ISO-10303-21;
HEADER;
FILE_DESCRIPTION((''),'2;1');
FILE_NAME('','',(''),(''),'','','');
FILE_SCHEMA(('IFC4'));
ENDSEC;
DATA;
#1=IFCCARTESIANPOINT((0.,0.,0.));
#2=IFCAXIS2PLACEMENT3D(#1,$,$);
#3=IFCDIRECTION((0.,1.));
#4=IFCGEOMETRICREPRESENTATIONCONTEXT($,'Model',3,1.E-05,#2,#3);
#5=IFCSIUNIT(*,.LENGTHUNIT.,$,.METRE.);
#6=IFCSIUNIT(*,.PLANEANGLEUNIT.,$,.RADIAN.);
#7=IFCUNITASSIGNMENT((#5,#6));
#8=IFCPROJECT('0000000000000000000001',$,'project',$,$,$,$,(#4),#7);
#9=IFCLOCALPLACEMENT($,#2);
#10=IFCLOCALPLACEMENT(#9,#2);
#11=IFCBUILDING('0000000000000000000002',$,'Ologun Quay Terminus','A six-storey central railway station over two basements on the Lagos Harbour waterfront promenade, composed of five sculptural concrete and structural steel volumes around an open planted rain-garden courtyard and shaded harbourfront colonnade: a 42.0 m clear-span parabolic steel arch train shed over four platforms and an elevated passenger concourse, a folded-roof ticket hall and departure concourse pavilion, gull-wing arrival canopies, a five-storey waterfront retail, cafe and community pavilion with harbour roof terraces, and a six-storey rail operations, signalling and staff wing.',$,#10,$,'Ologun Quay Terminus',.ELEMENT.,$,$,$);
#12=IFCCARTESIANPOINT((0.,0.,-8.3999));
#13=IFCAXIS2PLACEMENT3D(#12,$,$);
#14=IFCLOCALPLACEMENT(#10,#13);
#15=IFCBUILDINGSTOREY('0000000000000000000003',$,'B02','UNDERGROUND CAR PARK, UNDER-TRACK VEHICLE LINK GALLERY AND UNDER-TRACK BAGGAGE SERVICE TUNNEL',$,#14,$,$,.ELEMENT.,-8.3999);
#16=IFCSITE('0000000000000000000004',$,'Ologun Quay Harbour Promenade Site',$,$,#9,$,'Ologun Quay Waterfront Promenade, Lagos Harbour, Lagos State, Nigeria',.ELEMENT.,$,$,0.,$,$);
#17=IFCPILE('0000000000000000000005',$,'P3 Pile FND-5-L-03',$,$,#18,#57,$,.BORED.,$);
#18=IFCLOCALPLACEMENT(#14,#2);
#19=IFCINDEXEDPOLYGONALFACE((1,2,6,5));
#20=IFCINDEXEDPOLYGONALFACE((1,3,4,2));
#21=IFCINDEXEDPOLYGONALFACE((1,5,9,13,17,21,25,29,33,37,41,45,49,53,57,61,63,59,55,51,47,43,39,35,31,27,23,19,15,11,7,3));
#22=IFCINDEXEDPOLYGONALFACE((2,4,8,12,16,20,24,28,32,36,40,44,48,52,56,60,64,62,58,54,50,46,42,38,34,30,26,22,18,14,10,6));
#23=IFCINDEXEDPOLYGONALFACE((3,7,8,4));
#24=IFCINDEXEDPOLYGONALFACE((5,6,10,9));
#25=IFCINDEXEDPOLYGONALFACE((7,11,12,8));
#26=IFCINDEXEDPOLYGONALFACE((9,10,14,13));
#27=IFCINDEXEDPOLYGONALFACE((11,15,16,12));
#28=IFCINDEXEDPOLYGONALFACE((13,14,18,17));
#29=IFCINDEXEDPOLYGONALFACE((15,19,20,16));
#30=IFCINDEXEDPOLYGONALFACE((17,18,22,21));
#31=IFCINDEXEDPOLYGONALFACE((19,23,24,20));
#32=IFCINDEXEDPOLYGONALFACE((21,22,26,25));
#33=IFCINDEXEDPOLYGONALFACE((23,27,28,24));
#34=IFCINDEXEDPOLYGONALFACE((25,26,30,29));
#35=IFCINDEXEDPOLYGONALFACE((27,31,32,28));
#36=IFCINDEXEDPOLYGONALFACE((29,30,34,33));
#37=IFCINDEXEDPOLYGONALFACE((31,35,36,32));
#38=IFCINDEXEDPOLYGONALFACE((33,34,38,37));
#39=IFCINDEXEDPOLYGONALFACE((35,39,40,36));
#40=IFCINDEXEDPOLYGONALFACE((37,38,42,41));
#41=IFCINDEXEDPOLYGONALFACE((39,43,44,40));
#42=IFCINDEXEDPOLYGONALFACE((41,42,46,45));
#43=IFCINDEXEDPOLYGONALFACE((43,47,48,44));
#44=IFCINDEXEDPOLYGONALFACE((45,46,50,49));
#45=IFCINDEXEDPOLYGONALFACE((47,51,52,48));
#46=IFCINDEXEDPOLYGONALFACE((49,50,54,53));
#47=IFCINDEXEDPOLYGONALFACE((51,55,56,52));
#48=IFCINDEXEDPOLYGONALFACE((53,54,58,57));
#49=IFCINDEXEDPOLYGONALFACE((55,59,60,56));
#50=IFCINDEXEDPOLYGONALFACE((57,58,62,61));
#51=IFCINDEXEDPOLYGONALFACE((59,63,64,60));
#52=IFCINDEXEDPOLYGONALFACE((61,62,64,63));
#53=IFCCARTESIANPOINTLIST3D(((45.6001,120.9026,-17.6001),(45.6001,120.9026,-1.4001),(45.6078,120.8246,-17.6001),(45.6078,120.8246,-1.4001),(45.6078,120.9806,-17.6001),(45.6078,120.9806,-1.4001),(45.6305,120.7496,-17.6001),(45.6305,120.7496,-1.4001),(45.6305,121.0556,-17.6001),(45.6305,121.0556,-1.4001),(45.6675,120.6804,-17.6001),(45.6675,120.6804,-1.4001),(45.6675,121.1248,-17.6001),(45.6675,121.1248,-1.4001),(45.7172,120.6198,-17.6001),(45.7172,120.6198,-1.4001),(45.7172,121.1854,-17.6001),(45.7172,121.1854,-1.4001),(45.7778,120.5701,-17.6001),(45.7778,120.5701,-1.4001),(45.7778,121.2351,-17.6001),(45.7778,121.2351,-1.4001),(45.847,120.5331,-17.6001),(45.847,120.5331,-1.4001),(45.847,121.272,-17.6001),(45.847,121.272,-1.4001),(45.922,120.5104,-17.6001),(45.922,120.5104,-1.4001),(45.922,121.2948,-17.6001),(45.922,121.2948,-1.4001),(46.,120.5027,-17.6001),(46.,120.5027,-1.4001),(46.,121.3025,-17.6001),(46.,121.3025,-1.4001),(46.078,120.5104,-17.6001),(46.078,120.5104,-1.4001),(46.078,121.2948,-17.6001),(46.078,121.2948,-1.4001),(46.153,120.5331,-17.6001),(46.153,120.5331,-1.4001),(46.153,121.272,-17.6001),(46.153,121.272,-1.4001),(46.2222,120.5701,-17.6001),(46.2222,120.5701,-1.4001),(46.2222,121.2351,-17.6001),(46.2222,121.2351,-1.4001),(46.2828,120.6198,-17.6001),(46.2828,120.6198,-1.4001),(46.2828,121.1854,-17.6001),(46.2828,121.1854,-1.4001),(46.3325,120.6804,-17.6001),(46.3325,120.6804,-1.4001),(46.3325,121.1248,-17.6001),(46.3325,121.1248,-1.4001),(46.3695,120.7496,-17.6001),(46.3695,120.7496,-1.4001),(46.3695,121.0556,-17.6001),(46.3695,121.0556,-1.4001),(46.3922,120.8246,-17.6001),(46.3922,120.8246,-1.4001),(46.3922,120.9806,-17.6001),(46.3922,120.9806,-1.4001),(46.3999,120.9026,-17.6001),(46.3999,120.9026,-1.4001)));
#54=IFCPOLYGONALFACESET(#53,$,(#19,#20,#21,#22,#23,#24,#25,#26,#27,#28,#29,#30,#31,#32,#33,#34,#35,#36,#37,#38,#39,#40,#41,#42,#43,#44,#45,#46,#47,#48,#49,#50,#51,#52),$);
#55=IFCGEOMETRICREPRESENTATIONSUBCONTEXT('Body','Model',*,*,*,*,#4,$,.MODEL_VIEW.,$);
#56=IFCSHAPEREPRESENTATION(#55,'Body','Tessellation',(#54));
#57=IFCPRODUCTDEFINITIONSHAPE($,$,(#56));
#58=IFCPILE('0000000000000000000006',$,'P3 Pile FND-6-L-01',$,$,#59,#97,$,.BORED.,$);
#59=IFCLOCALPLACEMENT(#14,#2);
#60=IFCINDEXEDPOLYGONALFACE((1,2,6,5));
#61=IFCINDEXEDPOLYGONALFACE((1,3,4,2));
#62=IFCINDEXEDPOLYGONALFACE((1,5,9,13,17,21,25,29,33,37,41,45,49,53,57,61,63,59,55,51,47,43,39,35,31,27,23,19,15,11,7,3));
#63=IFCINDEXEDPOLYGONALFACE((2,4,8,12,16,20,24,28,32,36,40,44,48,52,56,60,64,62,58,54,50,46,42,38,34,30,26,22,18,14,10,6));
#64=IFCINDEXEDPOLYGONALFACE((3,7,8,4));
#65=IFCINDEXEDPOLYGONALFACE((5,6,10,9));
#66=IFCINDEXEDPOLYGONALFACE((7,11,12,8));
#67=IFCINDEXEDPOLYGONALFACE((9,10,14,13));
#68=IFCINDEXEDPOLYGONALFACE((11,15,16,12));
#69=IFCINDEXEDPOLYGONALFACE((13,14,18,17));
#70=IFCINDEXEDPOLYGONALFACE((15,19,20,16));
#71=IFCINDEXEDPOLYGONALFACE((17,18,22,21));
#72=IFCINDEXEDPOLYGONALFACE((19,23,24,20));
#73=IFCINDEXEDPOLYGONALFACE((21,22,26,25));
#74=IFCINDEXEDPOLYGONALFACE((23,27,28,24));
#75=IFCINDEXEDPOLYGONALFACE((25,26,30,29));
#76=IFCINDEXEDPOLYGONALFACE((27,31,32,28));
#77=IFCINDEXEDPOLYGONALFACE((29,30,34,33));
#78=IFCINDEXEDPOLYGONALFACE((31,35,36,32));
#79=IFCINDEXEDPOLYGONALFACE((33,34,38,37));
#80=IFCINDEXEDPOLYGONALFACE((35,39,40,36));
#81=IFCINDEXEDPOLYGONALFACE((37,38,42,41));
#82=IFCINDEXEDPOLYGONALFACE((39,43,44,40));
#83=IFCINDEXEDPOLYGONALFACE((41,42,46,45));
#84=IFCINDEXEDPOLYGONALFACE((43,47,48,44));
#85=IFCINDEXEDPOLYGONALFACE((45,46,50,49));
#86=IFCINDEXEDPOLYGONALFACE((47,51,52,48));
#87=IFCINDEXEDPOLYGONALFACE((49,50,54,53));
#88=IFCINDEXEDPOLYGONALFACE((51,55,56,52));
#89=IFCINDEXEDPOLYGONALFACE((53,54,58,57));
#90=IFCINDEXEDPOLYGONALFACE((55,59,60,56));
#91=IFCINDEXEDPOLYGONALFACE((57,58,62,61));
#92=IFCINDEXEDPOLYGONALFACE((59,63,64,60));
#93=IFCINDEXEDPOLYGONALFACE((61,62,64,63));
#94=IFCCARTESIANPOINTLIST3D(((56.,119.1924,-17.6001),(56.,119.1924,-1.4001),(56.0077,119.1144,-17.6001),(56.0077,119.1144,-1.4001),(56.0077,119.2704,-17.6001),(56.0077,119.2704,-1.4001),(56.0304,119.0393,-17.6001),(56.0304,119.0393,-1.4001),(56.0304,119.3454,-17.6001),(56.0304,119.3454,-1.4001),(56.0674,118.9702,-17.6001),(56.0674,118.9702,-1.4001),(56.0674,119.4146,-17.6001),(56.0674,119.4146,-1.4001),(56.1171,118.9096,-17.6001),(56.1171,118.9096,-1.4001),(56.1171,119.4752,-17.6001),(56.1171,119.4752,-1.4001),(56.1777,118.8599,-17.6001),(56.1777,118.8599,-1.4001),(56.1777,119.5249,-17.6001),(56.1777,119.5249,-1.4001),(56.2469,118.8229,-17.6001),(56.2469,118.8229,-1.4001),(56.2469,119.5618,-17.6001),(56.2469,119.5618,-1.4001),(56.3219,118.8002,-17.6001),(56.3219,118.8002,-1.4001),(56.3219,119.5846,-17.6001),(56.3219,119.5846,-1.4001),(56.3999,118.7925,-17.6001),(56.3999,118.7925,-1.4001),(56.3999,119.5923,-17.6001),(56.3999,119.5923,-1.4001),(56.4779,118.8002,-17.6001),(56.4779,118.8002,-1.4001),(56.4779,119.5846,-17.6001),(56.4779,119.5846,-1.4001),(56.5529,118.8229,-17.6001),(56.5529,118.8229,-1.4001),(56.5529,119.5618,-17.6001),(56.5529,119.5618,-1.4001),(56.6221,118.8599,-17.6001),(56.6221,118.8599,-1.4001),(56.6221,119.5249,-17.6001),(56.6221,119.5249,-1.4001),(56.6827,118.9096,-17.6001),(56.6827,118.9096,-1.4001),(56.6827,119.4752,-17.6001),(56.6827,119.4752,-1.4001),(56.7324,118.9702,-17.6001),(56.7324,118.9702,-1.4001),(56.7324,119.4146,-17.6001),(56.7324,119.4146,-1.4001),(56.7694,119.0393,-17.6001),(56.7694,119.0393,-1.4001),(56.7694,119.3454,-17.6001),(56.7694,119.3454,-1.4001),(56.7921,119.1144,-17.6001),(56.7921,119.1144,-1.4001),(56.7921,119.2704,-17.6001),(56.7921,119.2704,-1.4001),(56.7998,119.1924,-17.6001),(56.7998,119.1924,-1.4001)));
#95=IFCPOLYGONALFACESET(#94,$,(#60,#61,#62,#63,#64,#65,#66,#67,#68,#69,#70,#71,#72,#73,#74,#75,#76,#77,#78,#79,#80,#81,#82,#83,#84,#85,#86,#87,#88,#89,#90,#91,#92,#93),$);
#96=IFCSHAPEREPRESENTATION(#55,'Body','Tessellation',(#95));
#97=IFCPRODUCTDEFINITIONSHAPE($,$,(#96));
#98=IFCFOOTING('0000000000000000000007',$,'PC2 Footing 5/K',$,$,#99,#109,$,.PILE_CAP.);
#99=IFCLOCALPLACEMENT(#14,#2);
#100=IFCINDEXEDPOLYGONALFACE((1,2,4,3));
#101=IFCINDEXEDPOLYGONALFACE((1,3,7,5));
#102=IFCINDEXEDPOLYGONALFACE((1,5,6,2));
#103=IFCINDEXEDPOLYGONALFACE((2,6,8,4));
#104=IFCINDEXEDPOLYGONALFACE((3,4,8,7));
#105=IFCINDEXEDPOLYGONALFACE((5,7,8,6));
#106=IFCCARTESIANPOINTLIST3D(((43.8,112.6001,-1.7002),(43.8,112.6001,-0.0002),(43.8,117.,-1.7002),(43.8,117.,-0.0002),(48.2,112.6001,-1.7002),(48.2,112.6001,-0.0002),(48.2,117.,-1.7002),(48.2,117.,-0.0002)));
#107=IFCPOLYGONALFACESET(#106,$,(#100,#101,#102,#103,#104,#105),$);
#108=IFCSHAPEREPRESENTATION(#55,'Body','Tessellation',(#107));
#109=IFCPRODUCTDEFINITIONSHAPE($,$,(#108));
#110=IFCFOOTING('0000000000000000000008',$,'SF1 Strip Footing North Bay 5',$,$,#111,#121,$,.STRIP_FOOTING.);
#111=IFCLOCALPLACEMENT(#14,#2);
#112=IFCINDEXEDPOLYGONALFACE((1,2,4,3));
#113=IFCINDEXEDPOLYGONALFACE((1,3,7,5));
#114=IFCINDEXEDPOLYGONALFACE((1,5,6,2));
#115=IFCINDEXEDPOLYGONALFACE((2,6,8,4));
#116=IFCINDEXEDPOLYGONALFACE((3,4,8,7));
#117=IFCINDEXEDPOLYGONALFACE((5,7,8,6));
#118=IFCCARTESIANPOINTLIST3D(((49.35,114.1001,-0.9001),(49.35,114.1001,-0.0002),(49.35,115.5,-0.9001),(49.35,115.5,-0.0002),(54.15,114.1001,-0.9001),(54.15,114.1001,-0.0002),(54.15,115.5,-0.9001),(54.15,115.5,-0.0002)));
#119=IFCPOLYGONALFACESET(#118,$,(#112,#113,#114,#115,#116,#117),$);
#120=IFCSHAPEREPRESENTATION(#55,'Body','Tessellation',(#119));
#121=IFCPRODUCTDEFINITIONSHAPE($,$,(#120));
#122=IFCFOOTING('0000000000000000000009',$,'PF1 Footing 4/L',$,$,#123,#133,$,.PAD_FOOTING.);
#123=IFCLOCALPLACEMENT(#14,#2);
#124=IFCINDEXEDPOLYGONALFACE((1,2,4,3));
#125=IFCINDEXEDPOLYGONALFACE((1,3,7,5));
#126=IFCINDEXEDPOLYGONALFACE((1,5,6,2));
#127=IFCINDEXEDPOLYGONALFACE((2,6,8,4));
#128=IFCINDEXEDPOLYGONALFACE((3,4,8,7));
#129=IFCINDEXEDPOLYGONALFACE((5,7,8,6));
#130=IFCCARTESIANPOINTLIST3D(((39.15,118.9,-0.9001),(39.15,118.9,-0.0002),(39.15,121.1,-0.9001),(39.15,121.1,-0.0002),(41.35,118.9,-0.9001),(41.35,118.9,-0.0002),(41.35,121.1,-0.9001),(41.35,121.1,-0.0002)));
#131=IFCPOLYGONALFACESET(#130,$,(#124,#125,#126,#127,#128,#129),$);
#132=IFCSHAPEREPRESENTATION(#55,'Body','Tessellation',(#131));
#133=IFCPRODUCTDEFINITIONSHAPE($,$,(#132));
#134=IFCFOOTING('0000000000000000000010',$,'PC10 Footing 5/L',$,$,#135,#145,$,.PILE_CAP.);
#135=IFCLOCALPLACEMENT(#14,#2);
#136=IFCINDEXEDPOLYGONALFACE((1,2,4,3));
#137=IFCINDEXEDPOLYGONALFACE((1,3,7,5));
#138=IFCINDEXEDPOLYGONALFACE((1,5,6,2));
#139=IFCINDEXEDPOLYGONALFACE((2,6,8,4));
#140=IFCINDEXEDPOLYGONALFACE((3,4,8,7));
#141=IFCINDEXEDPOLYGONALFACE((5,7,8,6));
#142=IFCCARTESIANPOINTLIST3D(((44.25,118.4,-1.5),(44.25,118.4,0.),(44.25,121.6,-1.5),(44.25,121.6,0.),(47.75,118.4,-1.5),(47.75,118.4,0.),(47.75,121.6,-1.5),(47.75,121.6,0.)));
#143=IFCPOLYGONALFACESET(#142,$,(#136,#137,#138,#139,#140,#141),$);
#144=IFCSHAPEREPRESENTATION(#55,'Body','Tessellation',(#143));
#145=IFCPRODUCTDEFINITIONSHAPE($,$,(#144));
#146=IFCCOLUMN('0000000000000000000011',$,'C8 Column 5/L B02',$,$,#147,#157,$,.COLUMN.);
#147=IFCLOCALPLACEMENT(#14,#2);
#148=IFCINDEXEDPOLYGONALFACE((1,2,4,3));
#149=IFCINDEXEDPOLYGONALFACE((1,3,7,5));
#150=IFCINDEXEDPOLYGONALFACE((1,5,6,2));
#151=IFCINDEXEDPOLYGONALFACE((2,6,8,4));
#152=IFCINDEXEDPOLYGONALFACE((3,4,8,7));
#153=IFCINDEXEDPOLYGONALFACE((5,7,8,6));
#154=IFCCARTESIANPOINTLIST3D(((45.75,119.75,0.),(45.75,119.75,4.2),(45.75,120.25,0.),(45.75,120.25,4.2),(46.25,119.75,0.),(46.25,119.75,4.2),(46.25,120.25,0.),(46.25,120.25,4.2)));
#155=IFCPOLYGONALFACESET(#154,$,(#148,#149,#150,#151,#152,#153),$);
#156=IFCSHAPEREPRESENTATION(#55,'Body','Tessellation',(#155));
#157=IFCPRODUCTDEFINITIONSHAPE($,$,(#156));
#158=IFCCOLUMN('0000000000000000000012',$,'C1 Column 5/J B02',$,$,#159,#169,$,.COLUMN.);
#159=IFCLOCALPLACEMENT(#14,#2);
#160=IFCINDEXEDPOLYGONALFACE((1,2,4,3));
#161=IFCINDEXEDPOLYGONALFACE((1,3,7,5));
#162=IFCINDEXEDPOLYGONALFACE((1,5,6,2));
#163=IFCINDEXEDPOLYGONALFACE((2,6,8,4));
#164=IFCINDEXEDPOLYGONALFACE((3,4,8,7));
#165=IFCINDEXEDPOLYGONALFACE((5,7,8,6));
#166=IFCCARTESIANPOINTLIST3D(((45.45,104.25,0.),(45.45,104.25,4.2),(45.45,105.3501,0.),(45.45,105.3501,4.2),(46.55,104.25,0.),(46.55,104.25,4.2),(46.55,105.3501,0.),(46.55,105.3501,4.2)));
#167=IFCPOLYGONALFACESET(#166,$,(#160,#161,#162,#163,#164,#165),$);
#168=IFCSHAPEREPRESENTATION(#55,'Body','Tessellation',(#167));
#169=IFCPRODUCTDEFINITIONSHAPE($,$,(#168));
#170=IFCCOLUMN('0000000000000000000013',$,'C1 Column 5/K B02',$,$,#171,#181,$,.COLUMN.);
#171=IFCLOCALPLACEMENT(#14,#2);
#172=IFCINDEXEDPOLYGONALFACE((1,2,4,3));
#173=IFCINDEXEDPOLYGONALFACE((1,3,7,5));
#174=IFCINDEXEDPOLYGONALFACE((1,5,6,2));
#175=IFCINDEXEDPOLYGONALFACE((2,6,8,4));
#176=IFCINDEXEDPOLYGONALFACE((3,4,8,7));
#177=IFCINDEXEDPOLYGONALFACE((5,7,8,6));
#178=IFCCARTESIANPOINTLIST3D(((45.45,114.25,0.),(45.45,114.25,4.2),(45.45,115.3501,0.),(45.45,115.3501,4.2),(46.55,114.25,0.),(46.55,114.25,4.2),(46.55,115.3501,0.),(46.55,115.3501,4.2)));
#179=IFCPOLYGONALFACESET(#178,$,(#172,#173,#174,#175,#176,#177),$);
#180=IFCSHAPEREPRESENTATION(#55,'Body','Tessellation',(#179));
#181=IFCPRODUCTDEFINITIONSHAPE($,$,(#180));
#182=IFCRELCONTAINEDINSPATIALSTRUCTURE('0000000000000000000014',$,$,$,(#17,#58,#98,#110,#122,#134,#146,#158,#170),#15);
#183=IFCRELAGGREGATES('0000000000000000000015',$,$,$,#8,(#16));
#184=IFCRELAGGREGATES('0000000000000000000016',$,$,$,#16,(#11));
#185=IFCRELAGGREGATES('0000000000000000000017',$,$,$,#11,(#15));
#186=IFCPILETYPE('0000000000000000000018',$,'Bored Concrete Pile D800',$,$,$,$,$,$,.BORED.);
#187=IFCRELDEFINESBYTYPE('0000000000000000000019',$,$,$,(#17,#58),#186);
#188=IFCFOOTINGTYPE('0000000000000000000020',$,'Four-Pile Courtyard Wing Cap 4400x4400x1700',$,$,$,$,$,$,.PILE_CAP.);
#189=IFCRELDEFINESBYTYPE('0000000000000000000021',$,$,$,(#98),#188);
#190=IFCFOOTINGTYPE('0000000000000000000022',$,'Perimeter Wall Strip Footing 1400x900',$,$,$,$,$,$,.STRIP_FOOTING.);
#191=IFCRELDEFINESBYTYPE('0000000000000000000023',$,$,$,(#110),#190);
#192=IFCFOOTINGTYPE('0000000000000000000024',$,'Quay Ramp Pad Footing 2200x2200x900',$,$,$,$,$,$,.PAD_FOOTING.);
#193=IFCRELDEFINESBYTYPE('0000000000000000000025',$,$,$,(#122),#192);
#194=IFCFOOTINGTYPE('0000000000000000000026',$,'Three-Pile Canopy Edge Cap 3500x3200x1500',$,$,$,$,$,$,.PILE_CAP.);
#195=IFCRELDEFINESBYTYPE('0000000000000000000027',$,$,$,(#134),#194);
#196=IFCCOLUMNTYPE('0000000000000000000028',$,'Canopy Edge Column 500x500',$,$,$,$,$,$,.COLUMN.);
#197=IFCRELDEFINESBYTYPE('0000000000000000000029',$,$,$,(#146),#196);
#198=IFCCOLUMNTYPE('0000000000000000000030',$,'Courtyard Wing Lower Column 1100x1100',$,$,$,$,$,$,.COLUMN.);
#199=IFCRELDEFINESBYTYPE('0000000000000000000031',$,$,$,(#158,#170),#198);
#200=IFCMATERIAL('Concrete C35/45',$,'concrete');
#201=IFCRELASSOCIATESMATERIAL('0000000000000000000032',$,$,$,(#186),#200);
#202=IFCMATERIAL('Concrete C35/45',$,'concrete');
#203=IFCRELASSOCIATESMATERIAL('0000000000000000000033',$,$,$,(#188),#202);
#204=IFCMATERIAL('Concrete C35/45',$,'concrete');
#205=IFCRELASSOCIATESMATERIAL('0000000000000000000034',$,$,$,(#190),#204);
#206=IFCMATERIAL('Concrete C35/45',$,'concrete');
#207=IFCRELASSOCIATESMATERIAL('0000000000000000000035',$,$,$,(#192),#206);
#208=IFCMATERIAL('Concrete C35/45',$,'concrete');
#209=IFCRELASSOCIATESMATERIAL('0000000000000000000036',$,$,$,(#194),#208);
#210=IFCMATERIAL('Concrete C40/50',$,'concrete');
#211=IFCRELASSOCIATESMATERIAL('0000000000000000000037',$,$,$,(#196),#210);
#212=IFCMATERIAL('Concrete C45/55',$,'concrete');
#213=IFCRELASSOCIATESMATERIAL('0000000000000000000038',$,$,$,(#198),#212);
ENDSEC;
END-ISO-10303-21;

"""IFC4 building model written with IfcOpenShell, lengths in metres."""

from ifc_helpers import new_model, si_unit, direction, frame, origin, origin_2d, place, context, subcontext, project, spatial, rectangle, circle, extrude, material, material_profile, profile_set, type_object, element, save


model = new_model("IFC4")

# Units and contexts
model_context = context("Model", 3, precision=1e-05, world=origin(), true_north=direction((0.0, 1.0)))
body_context = subcontext(model_context, "Body", "Model", "MODEL_VIEW")
ifc_project = project(units=[si_unit("LENGTHUNIT", "METRE"), si_unit("PLANEANGLEUNIT", "RADIAN")], contexts=[model_context])

# Site, building, storey
site_placement = place(None, origin())
site = spatial("IfcSite", under=ifc_project, at=site_placement, Name="Ologun Quay Harbour Promenade Site", LongName="Ologun Quay Waterfront Promenade, Lagos Harbour, Lagos State, Nigeria", CompositionType="ELEMENT", RefElevation=0.0)
building_placement = place(site_placement, origin())
building = spatial("IfcBuilding", under=site, at=building_placement, Name="Ologun Quay Terminus", Description="A six-storey central railway station over two basements on the Lagos Harbour waterfront promenade, composed of five sculptural concrete and structural steel volumes around an open planted rain-garden courtyard and shaded harbourfront colonnade: a 42.0 m clear-span parabolic steel arch train shed over four platforms and an elevated passenger concourse, a folded-roof ticket hall and departure concourse pavilion, gull-wing arrival canopies, a five-storey waterfront retail, cafe and community pavilion with harbour roof terraces, and a six-storey rail operations, signalling and staff wing.", LongName="Ologun Quay Terminus", CompositionType="ELEMENT")
storey_placement = place(building_placement, frame((0.0, 0.0, -8.3999)))
storey = spatial("IfcBuildingStorey", under=building, at=storey_placement, Name="B02", Description="UNDERGROUND CAR PARK, UNDER-TRACK VEHICLE LINK GALLERY AND UNDER-TRACK BAGGAGE SERVICE TUNNEL", CompositionType="ELEMENT", Elevation=-8.3999)

# Piles
ifc_material_1 = material(Name="Concrete C35/45", Category="concrete")
ifc_material_profile_1 = material_profile(ifc_material_1, circle(Radius=0.3999, at=origin_2d()), Name="PILE D800")
ifc_profile_set_1 = profile_set([ifc_material_profile_1], Name="Concrete C35/45")
pile_type_1 = type_object("IfcPileType", Name="Bored Concrete Pile D800", PredefinedType="BORED", material=ifc_profile_set_1)
for number, where, z_axis, x_axis, name in (
    (1, (46.0, 120.9026, -1.4001), (0.0, 0.0, -1.0), (1.0, 0.0, 0.0), "P3 Pile FND-5-L-03"),
    (2, (56.3999, 119.1924, -1.4001), (0.0, 0.0, -1.0), (1.0, 0.0, 0.0), "P3 Pile FND-6-L-01"),
):
    element("IfcPile", number, at=place(storey_placement, frame(where, z_axis=z_axis, x_axis=x_axis)), inside=storey, type_object=pile_type_1, Name=name, PredefinedType="BORED", context=body_context, shape_type="SweptSolid", body=[
        extrude(circle(Radius=0.3999, at=origin_2d()), origin(), (0.0, 0.0, 1.0), 16.2),
    ])

# Footings
ifc_material_2 = material(Name="Concrete C35/45", Category="concrete")
footing_type_1 = type_object("IfcFootingType", Name="Four-Pile Courtyard Wing Cap 4400x4400x1700", PredefinedType="PILE_CAP", material=ifc_material_2)
footing_1_placement = place(storey_placement, frame((46.0, 114.8, -1.7002), z_axis=(0.0, 0.0, 1.0), x_axis=(1.0, 0.0, 0.0)))
element("IfcFooting", 3, at=footing_1_placement, inside=storey, type_object=footing_type_1, Name="PC2 Footing 5/K", PredefinedType="PILE_CAP", context=body_context, shape_type="SweptSolid", body=[
    extrude(rectangle(XDim=4.3999, YDim=4.3999, at=origin_2d()), origin(), (0.0, 0.0, 1.0), 1.7),
])
ifc_material_3 = material(Name="Concrete C35/45", Category="concrete")
footing_type_2 = type_object("IfcFootingType", Name="Perimeter Wall Strip Footing 1400x900", PredefinedType="STRIP_FOOTING", material=ifc_material_3)
footing_2_placement = place(storey_placement, frame((51.75, 114.8, -0.9001), z_axis=(0.0, 0.0, 1.0), x_axis=(1.0, 0.0, 0.0)))
element("IfcFooting", 4, at=footing_2_placement, inside=storey, type_object=footing_type_2, Name="SF1 Strip Footing North Bay 5", PredefinedType="STRIP_FOOTING", context=body_context, shape_type="SweptSolid", body=[
    extrude(rectangle(XDim=4.8, YDim=1.3999, at=origin_2d()), origin(), (0.0, 0.0, 1.0), 0.8999),
])
ifc_material_4 = material(Name="Concrete C35/45", Category="concrete")
footing_type_3 = type_object("IfcFootingType", Name="Quay Ramp Pad Footing 2200x2200x900", PredefinedType="PAD_FOOTING", material=ifc_material_4)
footing_3_placement = place(storey_placement, frame((40.25, 120.0, -0.9001), z_axis=(0.0, 0.0, 1.0), x_axis=(1.0, 0.0, 0.0)))
element("IfcFooting", 5, at=footing_3_placement, inside=storey, type_object=footing_type_3, Name="PF1 Footing 4/L", PredefinedType="PAD_FOOTING", context=body_context, shape_type="SweptSolid", body=[
    extrude(rectangle(XDim=2.2, YDim=2.2, at=origin_2d()), origin(), (0.0, 0.0, 1.0), 0.8999),
])
ifc_material_5 = material(Name="Concrete C35/45", Category="concrete")
footing_type_4 = type_object("IfcFootingType", Name="Three-Pile Canopy Edge Cap 3500x3200x1500", PredefinedType="PILE_CAP", material=ifc_material_5)
footing_4_placement = place(storey_placement, frame((46.0, 120.0, -1.5), z_axis=(0.0, 0.0, 1.0), x_axis=(1.0, 0.0, 0.0)))
element("IfcFooting", 6, at=footing_4_placement, inside=storey, type_object=footing_type_4, Name="PC10 Footing 5/L", PredefinedType="PILE_CAP", context=body_context, shape_type="SweptSolid", body=[
    extrude(rectangle(XDim=3.5, YDim=3.2, at=origin_2d()), origin(), (0.0, 0.0, 1.0), 1.5),
])

# Columns
ifc_material_6 = material(Name="Concrete C40/50", Category="concrete")
ifc_material_profile_2 = material_profile(ifc_material_6, rectangle(XDim=0.5, YDim=0.5, at=origin_2d()), Name="RC 500x500")
ifc_profile_set_2 = profile_set([ifc_material_profile_2], Name="Concrete C40/50")
column_type_1 = type_object("IfcColumnType", Name="Canopy Edge Column 500x500", PredefinedType="COLUMN", material=ifc_profile_set_2)
column_placement = place(storey_placement, frame((46.0, 120.0, 0.0), z_axis=(0.0, 0.0, 1.0), x_axis=(1.0, 0.0, 0.0)))
element("IfcColumn", 7, at=column_placement, inside=storey, type_object=column_type_1, Name="C8 Column 5/L B02", PredefinedType="COLUMN", context=body_context, shape_type="SweptSolid", body=[
    extrude(rectangle(XDim=0.5, YDim=0.5, at=origin_2d()), origin(), (0.0, 0.0, 1.0), 4.2),
])
ifc_material_7 = material(Name="Concrete C45/55", Category="concrete")
ifc_material_profile_3 = material_profile(ifc_material_7, rectangle(XDim=1.1001, YDim=1.1001, at=origin_2d()), Name="RC 1100x1100")
ifc_profile_set_3 = profile_set([ifc_material_profile_3], Name="Concrete C45/55")
column_type_2 = type_object("IfcColumnType", Name="Courtyard Wing Lower Column 1100x1100", PredefinedType="COLUMN", material=ifc_profile_set_3)
for number, where, z_axis, x_axis, name in (
    (8, (46.0, 104.8, 0.0), (0.0, 0.0, 1.0), (1.0, 0.0, 0.0), "C1 Column 5/J B02"),
    (9, (46.0, 114.8, 0.0), (0.0, 0.0, 1.0), (1.0, 0.0, 0.0), "C1 Column 5/K B02"),
):
    element("IfcColumn", number, at=place(storey_placement, frame(where, z_axis=z_axis, x_axis=x_axis)), inside=storey, type_object=column_type_2, Name=name, PredefinedType="COLUMN", context=body_context, shape_type="SweptSolid", body=[
        extrude(rectangle(XDim=1.1001, YDim=1.1001, at=origin_2d()), origin(), (0.0, 0.0, 1.0), 4.2),
    ])

save(model, "model.ifc")
